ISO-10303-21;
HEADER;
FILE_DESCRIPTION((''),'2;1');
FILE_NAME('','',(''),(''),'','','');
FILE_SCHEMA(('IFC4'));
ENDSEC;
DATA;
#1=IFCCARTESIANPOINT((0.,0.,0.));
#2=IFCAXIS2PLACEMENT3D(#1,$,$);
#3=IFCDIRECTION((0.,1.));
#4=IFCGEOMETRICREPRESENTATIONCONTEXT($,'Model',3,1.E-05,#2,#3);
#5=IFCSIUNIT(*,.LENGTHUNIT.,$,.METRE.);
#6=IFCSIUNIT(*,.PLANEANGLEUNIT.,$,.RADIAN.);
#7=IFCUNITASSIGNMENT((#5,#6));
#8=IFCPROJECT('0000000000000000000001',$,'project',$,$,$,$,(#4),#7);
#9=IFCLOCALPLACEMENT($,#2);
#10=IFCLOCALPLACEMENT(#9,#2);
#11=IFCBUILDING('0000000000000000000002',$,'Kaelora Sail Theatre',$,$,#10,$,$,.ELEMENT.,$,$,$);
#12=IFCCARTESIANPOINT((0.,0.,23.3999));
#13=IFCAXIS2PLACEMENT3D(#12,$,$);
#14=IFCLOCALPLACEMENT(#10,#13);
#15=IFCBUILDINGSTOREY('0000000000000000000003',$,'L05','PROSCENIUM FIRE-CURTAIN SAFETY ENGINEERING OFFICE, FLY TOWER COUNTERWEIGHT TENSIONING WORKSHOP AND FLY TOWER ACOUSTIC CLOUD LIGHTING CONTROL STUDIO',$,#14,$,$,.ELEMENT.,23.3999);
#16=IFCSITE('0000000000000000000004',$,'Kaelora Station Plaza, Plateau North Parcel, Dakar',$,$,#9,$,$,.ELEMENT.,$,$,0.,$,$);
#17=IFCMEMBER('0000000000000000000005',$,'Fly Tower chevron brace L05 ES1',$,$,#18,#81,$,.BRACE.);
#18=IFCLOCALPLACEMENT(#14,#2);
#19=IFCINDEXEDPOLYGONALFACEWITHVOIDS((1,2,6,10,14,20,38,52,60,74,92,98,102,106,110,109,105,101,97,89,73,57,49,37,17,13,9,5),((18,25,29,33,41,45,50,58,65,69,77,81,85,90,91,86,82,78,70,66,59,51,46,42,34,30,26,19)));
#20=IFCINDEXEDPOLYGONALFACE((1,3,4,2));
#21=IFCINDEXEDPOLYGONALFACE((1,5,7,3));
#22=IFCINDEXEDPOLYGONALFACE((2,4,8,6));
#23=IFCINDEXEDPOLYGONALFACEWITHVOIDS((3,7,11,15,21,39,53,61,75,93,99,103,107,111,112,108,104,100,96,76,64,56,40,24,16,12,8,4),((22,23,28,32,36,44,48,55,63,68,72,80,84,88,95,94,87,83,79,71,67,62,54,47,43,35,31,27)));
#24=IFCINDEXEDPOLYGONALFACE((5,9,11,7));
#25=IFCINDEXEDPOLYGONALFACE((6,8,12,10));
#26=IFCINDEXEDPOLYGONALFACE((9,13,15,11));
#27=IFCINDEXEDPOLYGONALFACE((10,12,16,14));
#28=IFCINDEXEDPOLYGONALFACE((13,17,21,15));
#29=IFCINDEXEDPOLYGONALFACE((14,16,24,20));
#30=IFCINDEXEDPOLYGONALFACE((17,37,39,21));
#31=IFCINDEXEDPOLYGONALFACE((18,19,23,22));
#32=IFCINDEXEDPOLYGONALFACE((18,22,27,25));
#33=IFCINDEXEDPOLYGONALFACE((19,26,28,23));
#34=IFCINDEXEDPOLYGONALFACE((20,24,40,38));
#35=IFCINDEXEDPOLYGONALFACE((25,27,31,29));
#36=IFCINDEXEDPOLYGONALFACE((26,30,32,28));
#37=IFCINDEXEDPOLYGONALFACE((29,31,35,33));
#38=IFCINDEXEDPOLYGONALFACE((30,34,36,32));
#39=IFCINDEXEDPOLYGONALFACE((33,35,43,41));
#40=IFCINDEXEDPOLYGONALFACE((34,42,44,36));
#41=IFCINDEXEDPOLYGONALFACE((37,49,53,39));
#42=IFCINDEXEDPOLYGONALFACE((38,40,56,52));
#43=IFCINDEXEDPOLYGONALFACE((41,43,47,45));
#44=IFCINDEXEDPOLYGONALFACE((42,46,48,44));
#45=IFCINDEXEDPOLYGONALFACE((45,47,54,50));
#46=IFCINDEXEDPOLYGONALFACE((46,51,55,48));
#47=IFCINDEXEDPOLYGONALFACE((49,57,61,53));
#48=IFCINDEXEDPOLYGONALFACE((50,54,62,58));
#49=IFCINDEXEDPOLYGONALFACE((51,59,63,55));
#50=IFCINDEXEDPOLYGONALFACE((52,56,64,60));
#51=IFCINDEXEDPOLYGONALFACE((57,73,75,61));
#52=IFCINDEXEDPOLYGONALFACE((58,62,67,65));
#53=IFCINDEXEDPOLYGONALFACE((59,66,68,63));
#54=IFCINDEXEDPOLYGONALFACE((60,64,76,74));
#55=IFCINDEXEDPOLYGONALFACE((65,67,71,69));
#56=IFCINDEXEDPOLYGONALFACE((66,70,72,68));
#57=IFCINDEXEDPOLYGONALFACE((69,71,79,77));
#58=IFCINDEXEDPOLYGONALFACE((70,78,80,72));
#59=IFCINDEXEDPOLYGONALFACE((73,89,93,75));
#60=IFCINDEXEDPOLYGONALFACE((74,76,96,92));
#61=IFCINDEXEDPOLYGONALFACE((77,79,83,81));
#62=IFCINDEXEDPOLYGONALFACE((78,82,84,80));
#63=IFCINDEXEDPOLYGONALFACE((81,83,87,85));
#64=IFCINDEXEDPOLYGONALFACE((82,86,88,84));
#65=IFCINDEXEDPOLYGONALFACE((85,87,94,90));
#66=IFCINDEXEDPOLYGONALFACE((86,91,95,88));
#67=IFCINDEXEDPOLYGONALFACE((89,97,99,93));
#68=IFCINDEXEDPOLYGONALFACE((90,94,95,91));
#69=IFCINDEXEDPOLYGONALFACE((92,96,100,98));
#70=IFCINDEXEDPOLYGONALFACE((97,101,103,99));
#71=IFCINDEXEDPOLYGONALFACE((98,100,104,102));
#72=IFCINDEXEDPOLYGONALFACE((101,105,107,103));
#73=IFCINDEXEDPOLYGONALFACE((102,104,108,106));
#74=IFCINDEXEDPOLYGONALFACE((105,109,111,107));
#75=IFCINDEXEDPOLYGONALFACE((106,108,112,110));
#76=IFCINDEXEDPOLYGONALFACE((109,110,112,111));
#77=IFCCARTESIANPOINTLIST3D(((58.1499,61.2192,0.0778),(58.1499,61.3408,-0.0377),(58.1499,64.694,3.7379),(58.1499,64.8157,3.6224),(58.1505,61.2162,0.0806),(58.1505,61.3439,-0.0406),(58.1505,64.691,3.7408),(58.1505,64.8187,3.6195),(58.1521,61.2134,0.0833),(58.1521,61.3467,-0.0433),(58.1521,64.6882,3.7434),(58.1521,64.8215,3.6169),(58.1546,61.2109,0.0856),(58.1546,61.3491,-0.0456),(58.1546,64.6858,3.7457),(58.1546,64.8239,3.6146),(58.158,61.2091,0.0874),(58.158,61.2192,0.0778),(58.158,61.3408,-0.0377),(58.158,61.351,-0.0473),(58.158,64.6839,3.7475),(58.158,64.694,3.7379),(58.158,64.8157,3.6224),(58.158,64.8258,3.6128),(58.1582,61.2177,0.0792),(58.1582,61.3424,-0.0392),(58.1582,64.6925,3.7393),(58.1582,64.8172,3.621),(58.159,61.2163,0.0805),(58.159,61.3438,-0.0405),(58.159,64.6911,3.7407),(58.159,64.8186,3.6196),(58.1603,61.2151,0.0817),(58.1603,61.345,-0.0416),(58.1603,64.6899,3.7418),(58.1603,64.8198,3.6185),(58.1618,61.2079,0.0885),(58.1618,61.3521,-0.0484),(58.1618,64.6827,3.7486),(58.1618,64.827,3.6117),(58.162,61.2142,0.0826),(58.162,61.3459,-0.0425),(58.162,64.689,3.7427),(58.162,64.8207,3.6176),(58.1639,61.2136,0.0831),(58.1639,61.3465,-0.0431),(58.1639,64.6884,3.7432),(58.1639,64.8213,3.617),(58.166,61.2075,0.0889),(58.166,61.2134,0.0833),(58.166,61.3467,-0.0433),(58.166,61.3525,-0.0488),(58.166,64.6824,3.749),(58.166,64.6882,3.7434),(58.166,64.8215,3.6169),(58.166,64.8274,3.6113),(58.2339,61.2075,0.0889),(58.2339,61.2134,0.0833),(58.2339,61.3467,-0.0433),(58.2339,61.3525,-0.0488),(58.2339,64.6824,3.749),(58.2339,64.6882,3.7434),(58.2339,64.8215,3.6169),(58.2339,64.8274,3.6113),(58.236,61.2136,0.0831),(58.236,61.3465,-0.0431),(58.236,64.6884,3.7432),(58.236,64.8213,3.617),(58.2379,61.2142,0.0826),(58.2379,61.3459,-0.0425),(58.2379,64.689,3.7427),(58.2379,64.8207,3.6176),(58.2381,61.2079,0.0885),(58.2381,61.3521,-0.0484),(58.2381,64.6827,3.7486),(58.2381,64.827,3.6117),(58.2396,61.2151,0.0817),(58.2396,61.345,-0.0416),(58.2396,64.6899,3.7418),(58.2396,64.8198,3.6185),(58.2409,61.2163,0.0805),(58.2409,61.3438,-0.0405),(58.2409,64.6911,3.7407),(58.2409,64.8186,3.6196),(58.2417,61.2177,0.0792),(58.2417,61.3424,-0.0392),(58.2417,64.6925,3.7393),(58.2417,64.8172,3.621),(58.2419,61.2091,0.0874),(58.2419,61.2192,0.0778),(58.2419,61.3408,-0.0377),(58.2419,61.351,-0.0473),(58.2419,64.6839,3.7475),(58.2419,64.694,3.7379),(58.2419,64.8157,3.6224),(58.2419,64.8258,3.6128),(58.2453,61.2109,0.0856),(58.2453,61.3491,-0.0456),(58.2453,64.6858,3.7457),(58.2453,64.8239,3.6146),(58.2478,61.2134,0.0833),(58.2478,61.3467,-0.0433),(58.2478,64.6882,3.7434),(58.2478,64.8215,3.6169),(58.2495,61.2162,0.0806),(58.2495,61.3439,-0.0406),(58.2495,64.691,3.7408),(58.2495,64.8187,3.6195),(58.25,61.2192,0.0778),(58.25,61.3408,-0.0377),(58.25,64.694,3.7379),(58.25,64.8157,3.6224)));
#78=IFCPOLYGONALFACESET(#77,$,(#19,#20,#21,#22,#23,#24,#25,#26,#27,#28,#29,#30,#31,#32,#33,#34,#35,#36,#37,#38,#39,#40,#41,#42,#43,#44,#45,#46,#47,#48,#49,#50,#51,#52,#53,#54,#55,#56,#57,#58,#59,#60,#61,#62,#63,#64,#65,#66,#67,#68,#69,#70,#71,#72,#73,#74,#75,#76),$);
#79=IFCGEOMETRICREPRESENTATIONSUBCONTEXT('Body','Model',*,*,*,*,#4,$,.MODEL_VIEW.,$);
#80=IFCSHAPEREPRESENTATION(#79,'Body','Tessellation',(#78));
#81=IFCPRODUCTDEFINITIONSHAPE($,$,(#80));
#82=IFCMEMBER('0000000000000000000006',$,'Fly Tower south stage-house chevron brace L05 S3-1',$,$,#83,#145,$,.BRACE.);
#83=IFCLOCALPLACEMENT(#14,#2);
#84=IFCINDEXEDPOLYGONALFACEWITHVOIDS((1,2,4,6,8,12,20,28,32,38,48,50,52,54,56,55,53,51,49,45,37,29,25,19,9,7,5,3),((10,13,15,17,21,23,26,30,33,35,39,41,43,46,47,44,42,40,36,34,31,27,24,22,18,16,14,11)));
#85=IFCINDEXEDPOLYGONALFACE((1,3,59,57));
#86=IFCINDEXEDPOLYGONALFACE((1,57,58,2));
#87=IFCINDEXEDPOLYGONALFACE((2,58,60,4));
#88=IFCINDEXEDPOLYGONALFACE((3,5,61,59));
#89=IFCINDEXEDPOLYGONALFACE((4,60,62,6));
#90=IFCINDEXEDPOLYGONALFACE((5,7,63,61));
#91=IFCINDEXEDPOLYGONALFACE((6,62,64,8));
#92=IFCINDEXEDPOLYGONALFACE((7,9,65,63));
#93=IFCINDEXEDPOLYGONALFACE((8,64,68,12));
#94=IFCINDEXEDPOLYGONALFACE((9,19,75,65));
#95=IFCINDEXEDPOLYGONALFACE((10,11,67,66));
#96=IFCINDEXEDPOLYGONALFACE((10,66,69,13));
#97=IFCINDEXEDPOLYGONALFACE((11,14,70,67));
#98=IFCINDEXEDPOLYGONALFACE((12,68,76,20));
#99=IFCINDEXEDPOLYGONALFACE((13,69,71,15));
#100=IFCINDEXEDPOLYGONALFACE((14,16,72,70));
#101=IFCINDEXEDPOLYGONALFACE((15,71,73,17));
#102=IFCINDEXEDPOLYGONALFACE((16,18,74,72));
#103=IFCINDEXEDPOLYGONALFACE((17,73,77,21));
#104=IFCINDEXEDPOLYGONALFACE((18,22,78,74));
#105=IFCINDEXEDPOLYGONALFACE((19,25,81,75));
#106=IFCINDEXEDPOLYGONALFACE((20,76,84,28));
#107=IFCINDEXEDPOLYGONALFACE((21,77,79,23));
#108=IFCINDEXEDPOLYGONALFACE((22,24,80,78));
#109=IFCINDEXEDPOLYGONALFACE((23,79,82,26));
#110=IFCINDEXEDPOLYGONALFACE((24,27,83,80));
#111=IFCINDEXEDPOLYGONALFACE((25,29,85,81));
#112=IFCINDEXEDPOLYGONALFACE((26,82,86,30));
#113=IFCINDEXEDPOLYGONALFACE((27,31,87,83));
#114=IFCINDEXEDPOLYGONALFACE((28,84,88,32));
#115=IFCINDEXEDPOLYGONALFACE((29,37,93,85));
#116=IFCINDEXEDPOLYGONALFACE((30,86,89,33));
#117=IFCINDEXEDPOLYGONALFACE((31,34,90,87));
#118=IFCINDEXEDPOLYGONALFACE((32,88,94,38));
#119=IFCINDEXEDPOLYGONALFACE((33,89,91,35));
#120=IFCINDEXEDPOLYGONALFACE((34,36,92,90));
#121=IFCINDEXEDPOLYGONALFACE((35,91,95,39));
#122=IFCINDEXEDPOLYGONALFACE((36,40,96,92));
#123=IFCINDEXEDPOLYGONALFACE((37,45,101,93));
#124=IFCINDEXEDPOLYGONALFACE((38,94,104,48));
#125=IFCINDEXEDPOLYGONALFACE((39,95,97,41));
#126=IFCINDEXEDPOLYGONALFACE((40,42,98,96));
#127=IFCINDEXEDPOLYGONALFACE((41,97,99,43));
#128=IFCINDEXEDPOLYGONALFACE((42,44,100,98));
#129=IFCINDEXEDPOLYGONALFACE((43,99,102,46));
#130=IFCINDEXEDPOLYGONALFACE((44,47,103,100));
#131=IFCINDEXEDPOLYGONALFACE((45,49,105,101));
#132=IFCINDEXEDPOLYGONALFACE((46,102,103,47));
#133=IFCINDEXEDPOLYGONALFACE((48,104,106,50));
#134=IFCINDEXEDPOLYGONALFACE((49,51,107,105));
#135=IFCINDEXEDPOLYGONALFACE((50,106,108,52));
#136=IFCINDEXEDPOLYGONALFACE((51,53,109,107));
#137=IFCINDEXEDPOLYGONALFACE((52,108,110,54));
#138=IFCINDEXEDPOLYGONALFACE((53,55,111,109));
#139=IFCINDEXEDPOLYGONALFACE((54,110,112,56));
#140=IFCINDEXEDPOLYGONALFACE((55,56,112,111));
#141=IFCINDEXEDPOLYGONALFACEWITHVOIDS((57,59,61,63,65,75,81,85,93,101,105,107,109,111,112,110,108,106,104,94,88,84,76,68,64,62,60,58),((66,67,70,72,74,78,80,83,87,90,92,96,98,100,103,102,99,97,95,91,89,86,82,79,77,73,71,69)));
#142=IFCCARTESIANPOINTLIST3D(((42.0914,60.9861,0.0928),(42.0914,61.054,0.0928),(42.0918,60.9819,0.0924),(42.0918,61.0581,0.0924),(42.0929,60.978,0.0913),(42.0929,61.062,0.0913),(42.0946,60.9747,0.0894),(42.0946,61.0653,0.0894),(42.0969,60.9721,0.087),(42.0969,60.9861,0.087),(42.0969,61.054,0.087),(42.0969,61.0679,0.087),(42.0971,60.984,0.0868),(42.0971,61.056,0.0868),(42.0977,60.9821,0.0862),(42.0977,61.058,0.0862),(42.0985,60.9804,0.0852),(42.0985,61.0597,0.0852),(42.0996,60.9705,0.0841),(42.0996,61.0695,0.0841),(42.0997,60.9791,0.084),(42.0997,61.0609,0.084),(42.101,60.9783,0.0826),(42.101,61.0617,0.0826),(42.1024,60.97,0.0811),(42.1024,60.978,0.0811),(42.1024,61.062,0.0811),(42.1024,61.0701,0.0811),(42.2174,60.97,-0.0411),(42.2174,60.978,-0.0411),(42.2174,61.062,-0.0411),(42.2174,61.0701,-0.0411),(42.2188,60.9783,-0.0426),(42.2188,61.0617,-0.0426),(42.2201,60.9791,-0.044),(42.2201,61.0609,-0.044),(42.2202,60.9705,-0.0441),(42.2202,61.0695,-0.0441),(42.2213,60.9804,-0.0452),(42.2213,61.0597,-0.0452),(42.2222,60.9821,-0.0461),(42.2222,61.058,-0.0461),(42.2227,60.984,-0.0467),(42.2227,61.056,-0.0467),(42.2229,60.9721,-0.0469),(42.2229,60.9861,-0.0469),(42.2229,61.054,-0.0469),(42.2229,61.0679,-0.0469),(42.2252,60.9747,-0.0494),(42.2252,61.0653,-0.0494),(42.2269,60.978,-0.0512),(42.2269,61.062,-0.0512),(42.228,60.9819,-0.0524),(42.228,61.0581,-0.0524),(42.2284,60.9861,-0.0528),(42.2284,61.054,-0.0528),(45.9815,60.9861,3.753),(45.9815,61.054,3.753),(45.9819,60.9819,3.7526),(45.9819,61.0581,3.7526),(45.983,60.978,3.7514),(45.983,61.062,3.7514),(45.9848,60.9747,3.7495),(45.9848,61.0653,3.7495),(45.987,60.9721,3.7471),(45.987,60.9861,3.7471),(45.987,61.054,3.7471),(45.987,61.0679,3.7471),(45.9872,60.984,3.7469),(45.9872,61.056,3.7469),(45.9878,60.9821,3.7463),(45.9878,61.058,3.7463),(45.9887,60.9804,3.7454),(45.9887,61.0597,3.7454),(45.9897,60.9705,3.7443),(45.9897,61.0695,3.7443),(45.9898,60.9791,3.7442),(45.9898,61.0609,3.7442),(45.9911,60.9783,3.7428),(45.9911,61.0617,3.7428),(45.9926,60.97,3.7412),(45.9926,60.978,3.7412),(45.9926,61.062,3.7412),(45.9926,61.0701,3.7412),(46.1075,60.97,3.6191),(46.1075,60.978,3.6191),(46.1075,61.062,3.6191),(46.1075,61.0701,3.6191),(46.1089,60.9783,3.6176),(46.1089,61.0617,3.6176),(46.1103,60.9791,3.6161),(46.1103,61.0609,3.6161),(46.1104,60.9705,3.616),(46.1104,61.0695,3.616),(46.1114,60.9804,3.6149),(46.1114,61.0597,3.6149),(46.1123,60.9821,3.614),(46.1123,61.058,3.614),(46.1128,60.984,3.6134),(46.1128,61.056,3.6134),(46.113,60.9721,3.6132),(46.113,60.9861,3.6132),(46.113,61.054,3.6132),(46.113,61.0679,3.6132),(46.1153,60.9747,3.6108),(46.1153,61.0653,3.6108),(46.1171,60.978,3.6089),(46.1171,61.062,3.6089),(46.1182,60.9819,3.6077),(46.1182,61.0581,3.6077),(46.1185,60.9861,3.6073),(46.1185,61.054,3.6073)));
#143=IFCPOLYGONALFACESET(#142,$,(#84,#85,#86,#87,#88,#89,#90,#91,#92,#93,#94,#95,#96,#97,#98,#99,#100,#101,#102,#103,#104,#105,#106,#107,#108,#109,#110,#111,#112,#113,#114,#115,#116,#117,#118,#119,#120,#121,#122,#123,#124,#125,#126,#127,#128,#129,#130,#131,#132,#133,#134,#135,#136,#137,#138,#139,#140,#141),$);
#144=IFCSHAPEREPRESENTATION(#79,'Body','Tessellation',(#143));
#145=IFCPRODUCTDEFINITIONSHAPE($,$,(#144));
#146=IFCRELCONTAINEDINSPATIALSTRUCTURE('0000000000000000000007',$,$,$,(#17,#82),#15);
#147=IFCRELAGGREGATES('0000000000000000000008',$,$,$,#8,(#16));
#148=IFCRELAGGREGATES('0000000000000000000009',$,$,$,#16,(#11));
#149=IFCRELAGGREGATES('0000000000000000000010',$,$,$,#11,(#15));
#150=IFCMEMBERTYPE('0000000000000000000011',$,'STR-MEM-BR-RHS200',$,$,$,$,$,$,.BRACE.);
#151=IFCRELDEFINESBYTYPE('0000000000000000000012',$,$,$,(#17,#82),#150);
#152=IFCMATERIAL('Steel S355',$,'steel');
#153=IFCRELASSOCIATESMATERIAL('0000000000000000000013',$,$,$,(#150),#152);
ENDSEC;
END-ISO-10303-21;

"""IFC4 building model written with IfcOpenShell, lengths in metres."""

from ifc_helpers import new_model, si_unit, direction, frame, origin, origin_2d, place, context, subcontext, project, spatial, hollow_rectangle, extrude, material, material_profile, profile_set, type_object, element, save


model = new_model("IFC4")

# Units and contexts
model_context = context("Model", 3, precision=1e-05, world=origin(), true_north=direction((0.0, 1.0)))
body_context = subcontext(model_context, "Body", "Model", "MODEL_VIEW")
ifc_project = project(units=[si_unit("LENGTHUNIT", "METRE"), si_unit("PLANEANGLEUNIT", "RADIAN")], contexts=[model_context])

# Site, building, storey
site_placement = place(None, origin())
site = spatial("IfcSite", under=ifc_project, at=site_placement, Name="Kaelora Station Plaza, Plateau North Parcel, Dakar", CompositionType="ELEMENT", RefElevation=0.0)
building_placement = place(site_placement, origin())
building = spatial("IfcBuilding", under=site, at=building_placement, Name="Kaelora Sail Theatre", CompositionType="ELEMENT")
storey_placement = place(building_placement, frame((0.0, 0.0, 23.3999)))
storey = spatial("IfcBuildingStorey", under=building, at=storey_placement, Name="L05", Description="PROSCENIUM FIRE-CURTAIN SAFETY ENGINEERING OFFICE, FLY TOWER COUNTERWEIGHT TENSIONING WORKSHOP AND FLY TOWER ACOUSTIC CLOUD LIGHTING CONTROL STUDIO", CompositionType="ELEMENT", Elevation=23.3999)

# Members
ifc_material_1 = material(Name="Steel S355", Category="steel")
ifc_material_profile_1 = material_profile(ifc_material_1, hollow_rectangle(XDim=0.1001, YDim=0.2, WallThickness=0.0081, InnerFilletRadius=0.0081, OuterFilletRadius=0.0161, at=origin_2d()), Name="RHS 200x100x8.0")
ifc_profile_set_1 = profile_set([ifc_material_profile_1], Name="Steel S355")
member_type = type_object("IfcMemberType", Name="STR-MEM-BR-RHS200", PredefinedType="BRACE", material=ifc_profile_set_1)
for number, where, z_axis, x_axis, name in (
    (1, (58.2, 61.28, 0.02), (0.0, 0.68851, 0.725226), (-1.0, 0.0, 0.0), "Fly Tower chevron brace L05 ES1"),
):
    element("IfcMember", number, at=place(storey_placement, frame(where, z_axis=z_axis, x_axis=x_axis)), inside=storey, type_object=member_type, Name=name, PredefinedType="BRACE", context=body_context, shape_type="SweptSolid", body=[
        extrude(hollow_rectangle(XDim=0.1001, YDim=0.2, WallThickness=0.0081, InnerFilletRadius=0.0081, OuterFilletRadius=0.0161, at=origin_2d()), origin(), (0.0, 0.0, 1.0), 5.0469),
    ])
member_1_placement = place(storey_placement, frame((42.1599, 61.02, 0.02), z_axis=(0.728307, 0.0, 0.685251), x_axis=(0.0, 1.0, 0.0)))
element("IfcMember", 2, at=member_1_placement, inside=storey, type_object=member_type, Name="Fly Tower south stage-house chevron brace L05 S3-1", PredefinedType="BRACE", context=body_context, shape_type="SweptSolid", body=[
    extrude(hollow_rectangle(XDim=0.1001, YDim=0.2, WallThickness=0.0081, InnerFilletRadius=0.0081, OuterFilletRadius=0.0161, at=origin_2d()), origin(), (0.0, 0.0, 1.0), 5.3413),
])

save(model, "model.ifc")
